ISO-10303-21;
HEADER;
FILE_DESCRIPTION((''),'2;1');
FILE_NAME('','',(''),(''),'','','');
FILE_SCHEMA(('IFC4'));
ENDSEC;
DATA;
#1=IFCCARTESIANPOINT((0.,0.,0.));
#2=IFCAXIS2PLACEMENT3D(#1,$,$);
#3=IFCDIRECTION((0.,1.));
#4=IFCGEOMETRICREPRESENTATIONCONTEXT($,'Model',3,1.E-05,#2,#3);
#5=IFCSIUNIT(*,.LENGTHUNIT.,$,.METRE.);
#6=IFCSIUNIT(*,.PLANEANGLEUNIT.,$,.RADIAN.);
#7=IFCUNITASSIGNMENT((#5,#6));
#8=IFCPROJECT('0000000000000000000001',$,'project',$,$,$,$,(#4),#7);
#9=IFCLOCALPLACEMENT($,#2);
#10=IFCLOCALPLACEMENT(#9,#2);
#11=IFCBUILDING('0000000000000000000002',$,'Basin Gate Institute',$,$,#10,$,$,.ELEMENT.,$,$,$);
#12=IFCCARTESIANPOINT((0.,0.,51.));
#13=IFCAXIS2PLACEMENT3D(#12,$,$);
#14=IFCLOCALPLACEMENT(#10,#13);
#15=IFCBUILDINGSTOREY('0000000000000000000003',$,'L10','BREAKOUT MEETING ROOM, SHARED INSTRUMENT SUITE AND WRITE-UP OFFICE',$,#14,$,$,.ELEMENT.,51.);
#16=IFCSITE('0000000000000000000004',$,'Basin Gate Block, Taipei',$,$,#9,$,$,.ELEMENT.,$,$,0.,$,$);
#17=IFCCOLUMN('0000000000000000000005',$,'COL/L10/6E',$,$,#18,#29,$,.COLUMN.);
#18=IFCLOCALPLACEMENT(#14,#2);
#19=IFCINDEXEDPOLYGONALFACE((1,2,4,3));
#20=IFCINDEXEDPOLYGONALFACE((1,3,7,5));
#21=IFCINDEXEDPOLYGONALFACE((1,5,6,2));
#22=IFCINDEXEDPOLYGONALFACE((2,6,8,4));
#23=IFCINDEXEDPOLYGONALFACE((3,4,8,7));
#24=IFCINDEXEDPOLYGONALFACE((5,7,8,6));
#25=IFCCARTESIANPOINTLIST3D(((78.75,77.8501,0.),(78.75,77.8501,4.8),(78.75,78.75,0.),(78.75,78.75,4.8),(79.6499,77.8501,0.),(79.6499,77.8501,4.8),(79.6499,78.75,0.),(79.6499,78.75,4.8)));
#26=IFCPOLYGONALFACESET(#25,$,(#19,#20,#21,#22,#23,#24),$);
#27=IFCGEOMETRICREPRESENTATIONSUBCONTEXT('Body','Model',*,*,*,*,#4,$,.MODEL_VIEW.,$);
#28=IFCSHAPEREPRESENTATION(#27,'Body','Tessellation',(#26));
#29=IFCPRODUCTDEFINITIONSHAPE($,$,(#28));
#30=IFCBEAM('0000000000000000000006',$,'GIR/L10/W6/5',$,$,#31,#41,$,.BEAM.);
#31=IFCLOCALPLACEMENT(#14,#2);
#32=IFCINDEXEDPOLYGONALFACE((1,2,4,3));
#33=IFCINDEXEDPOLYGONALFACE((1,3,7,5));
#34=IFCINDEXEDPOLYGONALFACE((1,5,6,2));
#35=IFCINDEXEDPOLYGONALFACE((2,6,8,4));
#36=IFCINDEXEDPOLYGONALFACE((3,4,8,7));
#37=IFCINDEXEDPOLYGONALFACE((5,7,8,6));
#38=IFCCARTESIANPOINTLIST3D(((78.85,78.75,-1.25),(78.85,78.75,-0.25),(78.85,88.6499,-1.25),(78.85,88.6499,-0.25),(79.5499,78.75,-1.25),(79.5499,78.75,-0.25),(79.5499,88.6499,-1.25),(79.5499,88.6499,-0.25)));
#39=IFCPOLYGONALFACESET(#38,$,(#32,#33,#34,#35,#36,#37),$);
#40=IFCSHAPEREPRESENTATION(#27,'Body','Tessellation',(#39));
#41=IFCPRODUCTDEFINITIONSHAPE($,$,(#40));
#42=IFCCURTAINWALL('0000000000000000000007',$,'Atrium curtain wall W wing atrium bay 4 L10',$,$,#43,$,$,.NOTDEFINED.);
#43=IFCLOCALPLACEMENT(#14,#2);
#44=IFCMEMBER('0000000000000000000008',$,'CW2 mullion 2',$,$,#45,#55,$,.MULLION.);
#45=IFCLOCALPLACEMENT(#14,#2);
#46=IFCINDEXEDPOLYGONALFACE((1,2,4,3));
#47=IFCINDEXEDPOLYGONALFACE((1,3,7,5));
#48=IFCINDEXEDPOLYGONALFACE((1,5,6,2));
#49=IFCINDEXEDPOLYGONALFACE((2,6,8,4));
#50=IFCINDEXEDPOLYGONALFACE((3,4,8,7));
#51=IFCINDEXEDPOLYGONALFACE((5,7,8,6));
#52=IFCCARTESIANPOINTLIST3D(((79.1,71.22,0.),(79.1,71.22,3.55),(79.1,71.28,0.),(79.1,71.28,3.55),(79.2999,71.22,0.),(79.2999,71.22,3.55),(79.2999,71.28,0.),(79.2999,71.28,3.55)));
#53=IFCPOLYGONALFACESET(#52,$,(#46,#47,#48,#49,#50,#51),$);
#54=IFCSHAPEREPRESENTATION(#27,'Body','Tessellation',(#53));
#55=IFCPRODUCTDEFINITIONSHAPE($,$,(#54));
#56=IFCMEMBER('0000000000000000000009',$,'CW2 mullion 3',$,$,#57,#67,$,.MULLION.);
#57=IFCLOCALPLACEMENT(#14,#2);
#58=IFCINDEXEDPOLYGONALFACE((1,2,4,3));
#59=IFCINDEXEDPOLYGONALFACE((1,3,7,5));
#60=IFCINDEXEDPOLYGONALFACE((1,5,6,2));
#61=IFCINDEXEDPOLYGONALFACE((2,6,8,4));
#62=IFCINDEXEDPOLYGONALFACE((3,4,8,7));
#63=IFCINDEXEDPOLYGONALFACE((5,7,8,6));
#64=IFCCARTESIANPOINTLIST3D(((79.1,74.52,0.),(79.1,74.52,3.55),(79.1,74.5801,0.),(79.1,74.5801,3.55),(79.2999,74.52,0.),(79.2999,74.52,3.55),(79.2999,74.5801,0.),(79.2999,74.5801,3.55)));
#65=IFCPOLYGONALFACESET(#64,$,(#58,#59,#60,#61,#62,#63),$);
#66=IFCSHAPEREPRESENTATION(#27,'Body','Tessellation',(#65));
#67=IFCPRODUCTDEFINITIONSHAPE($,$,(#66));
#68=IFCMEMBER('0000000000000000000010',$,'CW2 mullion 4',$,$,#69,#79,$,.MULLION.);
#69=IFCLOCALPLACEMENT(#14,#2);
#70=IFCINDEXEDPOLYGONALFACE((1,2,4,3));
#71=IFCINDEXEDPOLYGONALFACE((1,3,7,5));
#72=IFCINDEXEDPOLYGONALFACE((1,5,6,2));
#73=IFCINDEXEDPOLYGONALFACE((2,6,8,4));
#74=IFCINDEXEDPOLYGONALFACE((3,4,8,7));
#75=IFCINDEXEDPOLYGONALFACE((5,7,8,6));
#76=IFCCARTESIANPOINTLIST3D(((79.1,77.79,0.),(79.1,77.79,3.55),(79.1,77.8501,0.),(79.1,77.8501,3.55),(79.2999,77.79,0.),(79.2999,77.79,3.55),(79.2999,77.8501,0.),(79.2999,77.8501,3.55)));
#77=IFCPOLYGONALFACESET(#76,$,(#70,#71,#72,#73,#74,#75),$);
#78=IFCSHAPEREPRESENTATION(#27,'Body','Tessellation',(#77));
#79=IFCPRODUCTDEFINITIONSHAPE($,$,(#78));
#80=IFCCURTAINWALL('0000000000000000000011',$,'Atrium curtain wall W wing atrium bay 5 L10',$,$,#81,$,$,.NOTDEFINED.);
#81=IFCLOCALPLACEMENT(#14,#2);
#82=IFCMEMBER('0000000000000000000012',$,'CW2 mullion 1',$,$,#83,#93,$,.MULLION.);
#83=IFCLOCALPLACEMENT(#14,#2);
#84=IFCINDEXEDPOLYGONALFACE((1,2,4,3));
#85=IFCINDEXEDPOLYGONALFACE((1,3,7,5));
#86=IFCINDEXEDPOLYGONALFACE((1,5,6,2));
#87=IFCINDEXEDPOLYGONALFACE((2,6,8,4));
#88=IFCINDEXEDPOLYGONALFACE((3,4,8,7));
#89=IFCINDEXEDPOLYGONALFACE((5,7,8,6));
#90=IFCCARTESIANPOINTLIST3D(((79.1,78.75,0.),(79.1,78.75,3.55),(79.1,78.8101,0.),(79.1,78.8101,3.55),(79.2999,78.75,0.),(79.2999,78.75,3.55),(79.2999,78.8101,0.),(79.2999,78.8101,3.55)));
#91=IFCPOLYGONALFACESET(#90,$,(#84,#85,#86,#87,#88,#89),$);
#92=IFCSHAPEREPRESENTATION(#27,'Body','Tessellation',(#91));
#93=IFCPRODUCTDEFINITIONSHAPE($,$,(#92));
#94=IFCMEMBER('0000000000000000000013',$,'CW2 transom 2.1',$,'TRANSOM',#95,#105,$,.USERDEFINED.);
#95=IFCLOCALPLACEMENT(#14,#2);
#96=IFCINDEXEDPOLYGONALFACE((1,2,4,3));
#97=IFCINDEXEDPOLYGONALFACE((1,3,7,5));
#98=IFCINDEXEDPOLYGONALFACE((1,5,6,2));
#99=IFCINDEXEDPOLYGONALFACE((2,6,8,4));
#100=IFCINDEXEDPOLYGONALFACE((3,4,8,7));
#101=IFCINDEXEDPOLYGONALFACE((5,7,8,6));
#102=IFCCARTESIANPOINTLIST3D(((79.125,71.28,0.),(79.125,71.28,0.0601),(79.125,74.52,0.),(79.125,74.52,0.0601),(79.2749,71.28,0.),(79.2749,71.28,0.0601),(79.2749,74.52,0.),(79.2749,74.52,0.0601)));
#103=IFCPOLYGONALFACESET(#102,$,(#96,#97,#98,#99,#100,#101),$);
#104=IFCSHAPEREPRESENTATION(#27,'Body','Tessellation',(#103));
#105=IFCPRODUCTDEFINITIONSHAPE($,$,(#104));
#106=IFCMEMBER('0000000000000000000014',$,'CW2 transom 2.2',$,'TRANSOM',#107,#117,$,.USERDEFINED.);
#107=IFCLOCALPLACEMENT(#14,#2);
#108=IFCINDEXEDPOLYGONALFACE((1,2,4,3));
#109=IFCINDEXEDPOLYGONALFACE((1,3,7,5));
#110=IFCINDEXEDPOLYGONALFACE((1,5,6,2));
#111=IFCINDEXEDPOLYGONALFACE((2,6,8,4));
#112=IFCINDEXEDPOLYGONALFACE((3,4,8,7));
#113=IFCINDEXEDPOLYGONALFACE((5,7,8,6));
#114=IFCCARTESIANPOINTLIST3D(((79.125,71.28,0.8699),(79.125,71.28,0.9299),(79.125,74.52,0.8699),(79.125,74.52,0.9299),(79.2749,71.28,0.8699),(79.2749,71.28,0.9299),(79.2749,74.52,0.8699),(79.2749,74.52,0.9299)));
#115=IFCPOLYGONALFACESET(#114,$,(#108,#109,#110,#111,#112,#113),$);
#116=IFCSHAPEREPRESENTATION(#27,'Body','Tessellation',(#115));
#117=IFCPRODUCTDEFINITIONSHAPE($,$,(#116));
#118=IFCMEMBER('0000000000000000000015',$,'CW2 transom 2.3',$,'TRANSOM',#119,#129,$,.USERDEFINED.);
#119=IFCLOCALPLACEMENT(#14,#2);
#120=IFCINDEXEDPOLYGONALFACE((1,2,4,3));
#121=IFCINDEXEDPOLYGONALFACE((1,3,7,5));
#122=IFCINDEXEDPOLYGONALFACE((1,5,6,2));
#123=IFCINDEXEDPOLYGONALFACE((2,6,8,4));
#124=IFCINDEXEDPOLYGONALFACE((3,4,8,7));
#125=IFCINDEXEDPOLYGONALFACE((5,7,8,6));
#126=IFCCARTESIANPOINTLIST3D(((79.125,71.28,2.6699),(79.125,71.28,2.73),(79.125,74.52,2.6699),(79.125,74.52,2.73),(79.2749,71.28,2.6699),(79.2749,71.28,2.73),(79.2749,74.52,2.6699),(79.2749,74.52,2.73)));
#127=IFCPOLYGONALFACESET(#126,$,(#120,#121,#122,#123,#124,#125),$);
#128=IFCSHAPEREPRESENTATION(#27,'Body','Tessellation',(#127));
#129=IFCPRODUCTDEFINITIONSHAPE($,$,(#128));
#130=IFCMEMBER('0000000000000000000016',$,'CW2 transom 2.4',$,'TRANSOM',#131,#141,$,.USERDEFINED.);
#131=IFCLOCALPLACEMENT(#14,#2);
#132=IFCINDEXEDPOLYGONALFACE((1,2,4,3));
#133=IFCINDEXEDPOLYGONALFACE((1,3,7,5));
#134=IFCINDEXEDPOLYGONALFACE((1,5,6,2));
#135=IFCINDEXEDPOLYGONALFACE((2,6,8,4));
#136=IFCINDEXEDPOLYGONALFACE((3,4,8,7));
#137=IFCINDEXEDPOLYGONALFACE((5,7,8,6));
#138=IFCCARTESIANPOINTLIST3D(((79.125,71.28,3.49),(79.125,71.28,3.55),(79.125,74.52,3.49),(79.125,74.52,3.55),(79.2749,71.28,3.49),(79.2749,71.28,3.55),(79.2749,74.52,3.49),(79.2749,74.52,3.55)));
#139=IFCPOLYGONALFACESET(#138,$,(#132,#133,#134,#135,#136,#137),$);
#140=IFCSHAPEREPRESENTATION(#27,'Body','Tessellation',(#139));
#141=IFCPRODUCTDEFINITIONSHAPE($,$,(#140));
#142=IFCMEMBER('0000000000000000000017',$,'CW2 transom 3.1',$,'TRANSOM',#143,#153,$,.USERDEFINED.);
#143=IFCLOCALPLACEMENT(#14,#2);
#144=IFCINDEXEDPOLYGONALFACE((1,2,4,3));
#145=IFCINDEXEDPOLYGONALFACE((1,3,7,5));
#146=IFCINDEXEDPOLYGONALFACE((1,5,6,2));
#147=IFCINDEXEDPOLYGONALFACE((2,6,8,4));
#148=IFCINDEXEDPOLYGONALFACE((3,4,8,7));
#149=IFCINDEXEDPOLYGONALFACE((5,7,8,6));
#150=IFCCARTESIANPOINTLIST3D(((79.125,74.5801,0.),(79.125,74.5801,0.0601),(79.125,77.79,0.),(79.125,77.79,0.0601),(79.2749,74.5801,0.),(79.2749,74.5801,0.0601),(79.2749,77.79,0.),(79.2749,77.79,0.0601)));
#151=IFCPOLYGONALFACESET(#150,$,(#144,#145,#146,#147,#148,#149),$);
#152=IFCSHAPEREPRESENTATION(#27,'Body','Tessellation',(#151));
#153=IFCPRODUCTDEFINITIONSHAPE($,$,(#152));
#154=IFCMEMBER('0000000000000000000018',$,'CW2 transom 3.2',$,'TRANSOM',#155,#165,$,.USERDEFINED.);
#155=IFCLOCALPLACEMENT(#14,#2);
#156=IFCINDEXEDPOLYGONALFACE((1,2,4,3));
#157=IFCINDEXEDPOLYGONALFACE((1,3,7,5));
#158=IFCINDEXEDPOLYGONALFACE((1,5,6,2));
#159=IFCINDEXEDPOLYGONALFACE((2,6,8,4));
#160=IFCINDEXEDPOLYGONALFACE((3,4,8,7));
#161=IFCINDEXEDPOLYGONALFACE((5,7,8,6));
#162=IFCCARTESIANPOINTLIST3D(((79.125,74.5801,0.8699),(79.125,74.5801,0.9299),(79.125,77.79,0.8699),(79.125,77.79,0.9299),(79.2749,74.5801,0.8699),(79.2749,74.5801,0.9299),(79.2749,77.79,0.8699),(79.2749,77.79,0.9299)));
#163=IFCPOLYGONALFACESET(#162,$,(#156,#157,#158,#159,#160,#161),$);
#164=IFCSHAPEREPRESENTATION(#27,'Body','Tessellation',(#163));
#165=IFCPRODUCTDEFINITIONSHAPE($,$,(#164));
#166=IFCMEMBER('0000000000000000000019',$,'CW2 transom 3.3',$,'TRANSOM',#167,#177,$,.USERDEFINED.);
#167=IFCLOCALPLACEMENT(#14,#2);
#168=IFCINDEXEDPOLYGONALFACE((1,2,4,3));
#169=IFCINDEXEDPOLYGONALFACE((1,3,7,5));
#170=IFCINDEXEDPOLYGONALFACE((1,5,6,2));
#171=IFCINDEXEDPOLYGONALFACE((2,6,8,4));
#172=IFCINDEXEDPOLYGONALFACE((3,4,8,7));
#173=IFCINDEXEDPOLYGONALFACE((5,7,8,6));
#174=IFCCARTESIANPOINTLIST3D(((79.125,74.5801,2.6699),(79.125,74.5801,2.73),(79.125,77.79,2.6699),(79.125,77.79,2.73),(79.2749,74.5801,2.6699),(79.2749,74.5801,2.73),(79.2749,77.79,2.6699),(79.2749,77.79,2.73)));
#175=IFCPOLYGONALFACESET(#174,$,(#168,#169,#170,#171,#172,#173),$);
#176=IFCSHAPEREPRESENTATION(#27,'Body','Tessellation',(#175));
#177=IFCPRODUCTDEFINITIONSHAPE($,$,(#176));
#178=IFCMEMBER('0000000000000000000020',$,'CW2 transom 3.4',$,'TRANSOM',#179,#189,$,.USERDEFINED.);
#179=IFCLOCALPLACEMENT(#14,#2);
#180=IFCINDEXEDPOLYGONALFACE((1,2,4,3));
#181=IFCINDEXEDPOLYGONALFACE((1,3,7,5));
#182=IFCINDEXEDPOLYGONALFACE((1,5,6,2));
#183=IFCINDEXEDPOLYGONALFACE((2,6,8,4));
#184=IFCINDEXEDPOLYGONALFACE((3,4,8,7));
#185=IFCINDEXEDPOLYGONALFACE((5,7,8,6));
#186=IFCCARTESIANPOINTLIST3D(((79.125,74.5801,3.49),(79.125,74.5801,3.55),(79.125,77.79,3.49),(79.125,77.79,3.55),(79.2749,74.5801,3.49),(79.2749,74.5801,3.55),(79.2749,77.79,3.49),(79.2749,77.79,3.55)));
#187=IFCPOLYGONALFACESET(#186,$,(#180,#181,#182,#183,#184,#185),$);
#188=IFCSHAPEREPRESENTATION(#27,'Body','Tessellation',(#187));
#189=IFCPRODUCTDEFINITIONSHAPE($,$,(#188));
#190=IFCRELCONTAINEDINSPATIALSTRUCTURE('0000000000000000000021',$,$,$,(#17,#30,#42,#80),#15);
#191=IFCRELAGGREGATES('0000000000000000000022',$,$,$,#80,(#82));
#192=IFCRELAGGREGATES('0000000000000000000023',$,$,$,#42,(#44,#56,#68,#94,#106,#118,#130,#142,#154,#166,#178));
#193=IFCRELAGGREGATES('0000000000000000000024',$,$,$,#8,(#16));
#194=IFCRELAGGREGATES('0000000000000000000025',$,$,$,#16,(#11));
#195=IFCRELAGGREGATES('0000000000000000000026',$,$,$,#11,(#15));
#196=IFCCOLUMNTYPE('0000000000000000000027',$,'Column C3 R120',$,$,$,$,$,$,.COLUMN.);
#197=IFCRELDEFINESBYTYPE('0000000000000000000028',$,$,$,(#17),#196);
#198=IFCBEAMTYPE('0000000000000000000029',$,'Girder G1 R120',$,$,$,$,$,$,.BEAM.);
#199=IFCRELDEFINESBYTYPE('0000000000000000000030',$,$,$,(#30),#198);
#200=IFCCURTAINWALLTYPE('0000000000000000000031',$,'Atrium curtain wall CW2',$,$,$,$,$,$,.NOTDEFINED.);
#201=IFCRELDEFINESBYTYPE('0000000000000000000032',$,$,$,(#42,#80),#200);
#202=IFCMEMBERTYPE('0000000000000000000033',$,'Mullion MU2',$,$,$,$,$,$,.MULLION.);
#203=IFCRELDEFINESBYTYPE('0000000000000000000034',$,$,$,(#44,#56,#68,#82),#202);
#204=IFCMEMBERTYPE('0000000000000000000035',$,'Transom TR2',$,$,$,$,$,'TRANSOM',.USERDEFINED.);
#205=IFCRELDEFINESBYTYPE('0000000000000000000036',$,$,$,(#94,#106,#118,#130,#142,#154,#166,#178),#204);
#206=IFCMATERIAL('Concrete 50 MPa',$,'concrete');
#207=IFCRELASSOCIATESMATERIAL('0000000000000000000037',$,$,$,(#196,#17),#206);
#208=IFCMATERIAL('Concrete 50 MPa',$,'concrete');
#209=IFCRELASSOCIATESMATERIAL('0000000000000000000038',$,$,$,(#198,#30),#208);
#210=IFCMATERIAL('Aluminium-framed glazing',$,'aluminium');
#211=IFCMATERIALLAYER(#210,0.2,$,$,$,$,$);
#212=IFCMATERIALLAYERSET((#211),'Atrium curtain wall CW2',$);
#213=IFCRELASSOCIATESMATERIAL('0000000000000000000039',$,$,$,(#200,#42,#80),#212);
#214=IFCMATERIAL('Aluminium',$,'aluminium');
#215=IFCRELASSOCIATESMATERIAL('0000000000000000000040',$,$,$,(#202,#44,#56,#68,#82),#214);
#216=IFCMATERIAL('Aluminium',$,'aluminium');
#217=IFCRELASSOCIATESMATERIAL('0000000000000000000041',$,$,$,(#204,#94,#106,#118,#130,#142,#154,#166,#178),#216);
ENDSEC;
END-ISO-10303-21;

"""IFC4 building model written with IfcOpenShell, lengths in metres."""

from ifc_helpers import new_model, si_unit, direction, frame, origin, origin_2d, place, context, subcontext, project, spatial, rectangle, extrude, material, layer, layer_set, material_profile, profile_set, type_object, element, aggregate, save


model = new_model("IFC4")

# Units and contexts
model_context = context("Model", 3, precision=1e-05, world=origin(), true_north=direction((0.0, 1.0)))
body_context = subcontext(model_context, "Body", "Model", "MODEL_VIEW")
ifc_project = project(units=[si_unit("LENGTHUNIT", "METRE"), si_unit("PLANEANGLEUNIT", "RADIAN")], contexts=[model_context])

# Site, building, storey
site_placement = place(None, origin())
site = spatial("IfcSite", under=ifc_project, at=site_placement, Name="Basin Gate Block, Taipei", CompositionType="ELEMENT", RefElevation=0.0)
building_placement = place(site_placement, origin())
building = spatial("IfcBuilding", under=site, at=building_placement, Name="Basin Gate Institute", CompositionType="ELEMENT")
storey_placement = place(building_placement, frame((0.0, 0.0, 51.0)))
storey = spatial("IfcBuildingStorey", under=building, at=storey_placement, Name="L10", Description="BREAKOUT MEETING ROOM, SHARED INSTRUMENT SUITE AND WRITE-UP OFFICE", CompositionType="ELEMENT", Elevation=51.0)

# Column
ifc_material_1 = material(Name="Concrete 50 MPa", Category="concrete")
ifc_material_profile_1 = material_profile(ifc_material_1, rectangle(XDim=0.8999, YDim=0.8999, at=origin_2d()), Name="Column C3 900 x 900")
ifc_profile_set_1 = profile_set([ifc_material_profile_1], Name="Concrete 50 MPa")
column_type = type_object("IfcColumnType", Name="Column C3 R120", PredefinedType="COLUMN", material=ifc_profile_set_1)
column_placement = place(storey_placement, frame((79.2, 78.3, 0.0), z_axis=(0.0, 0.0, 1.0), x_axis=(1.0, 0.0, 0.0)))
element("IfcColumn", 1, at=column_placement, inside=storey, type_object=column_type, material=ifc_profile_set_1, Name="COL/L10/6E", PredefinedType="COLUMN", context=body_context, shape_type="SweptSolid", body=[
    extrude(rectangle(XDim=0.8999, YDim=0.8999, at=origin_2d()), origin(), (0.0, 0.0, 1.0), 4.8),
])

# Beam
ifc_material_2 = material(Name="Concrete 50 MPa", Category="concrete")
ifc_material_profile_2 = material_profile(ifc_material_2, rectangle(XDim=0.7, YDim=1.0, at=origin_2d()), Name="Girder G1 700 x 1000")
ifc_profile_set_2 = profile_set([ifc_material_profile_2], Name="Concrete 50 MPa")
beam_type = type_object("IfcBeamType", Name="Girder G1 R120", PredefinedType="BEAM", material=ifc_profile_set_2)
beam_placement = place(storey_placement, frame((79.2, 78.75, -0.75), z_axis=(0.0, 1.0, 0.0), x_axis=(-1.0, 0.0, 0.0)))
element("IfcBeam", 2, at=beam_placement, inside=storey, type_object=beam_type, material=ifc_profile_set_2, Name="GIR/L10/W6/5", PredefinedType="BEAM", context=body_context, shape_type="SweptSolid", body=[
    extrude(rectangle(XDim=0.7, YDim=1.0, at=origin_2d()), origin(), (0.0, 0.0, 1.0), 9.8999),
])

# Curtain wall, members
ifc_material_3 = material(Name="Aluminium-framed glazing", Category="aluminium")
ifc_layer_1 = layer(ifc_material_3, 0.2)
ifc_layer_set_1 = layer_set([ifc_layer_1], Name="Atrium curtain wall CW2")
curtain_wall_type = type_object("IfcCurtainWallType", Name="Atrium curtain wall CW2", PredefinedType="NOTDEFINED", material=ifc_layer_set_1)
curtain_wall_1_placement = place(storey_placement, origin())
curtain_wall_1 = element("IfcCurtainWall", 3, at=curtain_wall_1_placement, inside=storey, type_object=curtain_wall_type, material=ifc_layer_set_1, Name="Atrium curtain wall W wing atrium bay 4 L10", PredefinedType="NOTDEFINED")
ifc_material_4 = material(Name="Aluminium", Category="aluminium")
ifc_material_profile_3 = material_profile(ifc_material_4, rectangle(XDim=0.2, YDim=0.0601, at=origin_2d()), Name="Mullion MU2 200 x 60")
ifc_profile_set_3 = profile_set([ifc_material_profile_3], Name="Aluminium")
member_type_1 = type_object("IfcMemberType", Name="Mullion MU2", PredefinedType="MULLION", material=ifc_profile_set_3)
member_1_placement = place(storey_placement, frame((79.2, 71.25, 0.0), z_axis=(0.0, 0.0, 1.0), x_axis=(-1.0, 0.0, 0.0)))
member_1 = element("IfcMember", 4, at=member_1_placement, type_object=member_type_1, material=ifc_profile_set_3, Name="CW2 mullion 2", PredefinedType="MULLION", context=body_context, shape_type="SweptSolid", body=[
    extrude(rectangle(XDim=0.2, YDim=0.0601, at=origin_2d()), origin(), (0.0, 0.0, 1.0), 3.55),
])
member_2_placement = place(storey_placement, frame((79.2, 74.55, 0.0), z_axis=(0.0, 0.0, 1.0), x_axis=(-1.0, 0.0, 0.0)))
member_2 = element("IfcMember", 5, at=member_2_placement, type_object=member_type_1, material=ifc_profile_set_3, Name="CW2 mullion 3", PredefinedType="MULLION", context=body_context, shape_type="SweptSolid", body=[
    extrude(rectangle(XDim=0.2, YDim=0.0601, at=origin_2d()), origin(), (0.0, 0.0, 1.0), 3.55),
])
member_3_placement = place(storey_placement, frame((79.2, 77.8201, 0.0), z_axis=(0.0, 0.0, 1.0), x_axis=(-1.0, 0.0, 0.0)))
member_3 = element("IfcMember", 6, at=member_3_placement, type_object=member_type_1, material=ifc_profile_set_3, Name="CW2 mullion 4", PredefinedType="MULLION", context=body_context, shape_type="SweptSolid", body=[
    extrude(rectangle(XDim=0.2, YDim=0.0601, at=origin_2d()), origin(), (0.0, 0.0, 1.0), 3.55),
])

# Curtain wall, member
curtain_wall_2_placement = place(storey_placement, origin())
curtain_wall_2 = element("IfcCurtainWall", 7, at=curtain_wall_2_placement, inside=storey, type_object=curtain_wall_type, material=ifc_layer_set_1, Name="Atrium curtain wall W wing atrium bay 5 L10", PredefinedType="NOTDEFINED")
member_4_placement = place(storey_placement, frame((79.2, 78.78, 0.0), z_axis=(0.0, 0.0, 1.0), x_axis=(-1.0, 0.0, 0.0)))
member_4 = element("IfcMember", 8, at=member_4_placement, type_object=member_type_1, material=ifc_profile_set_3, Name="CW2 mullion 1", PredefinedType="MULLION", context=body_context, shape_type="SweptSolid", body=[
    extrude(rectangle(XDim=0.2, YDim=0.0601, at=origin_2d()), origin(), (0.0, 0.0, 1.0), 3.55),
])

# Members
ifc_material_5 = material(Name="Aluminium", Category="aluminium")
ifc_material_profile_4 = material_profile(ifc_material_5, rectangle(XDim=0.1499, YDim=0.0601, at=origin_2d()), Name="Transom TR2 150 x 60")
ifc_profile_set_4 = profile_set([ifc_material_profile_4], Name="Aluminium")
member_type_2 = type_object("IfcMemberType", Name="Transom TR2", ElementType="TRANSOM", PredefinedType="USERDEFINED", material=ifc_profile_set_4)
member_5_placement = place(storey_placement, frame((79.2, 71.28, 0.03), z_axis=(0.0, 1.0, 0.0), x_axis=(-1.0, 0.0, 0.0)))
member_5 = element("IfcMember", 9, at=member_5_placement, type_object=member_type_2, material=ifc_profile_set_4, Name="CW2 transom 2.1", ObjectType="TRANSOM", PredefinedType="USERDEFINED", context=body_context, shape_type="SweptSolid", body=[
    extrude(rectangle(XDim=0.1499, YDim=0.0601, at=origin_2d()), origin(), (0.0, 0.0, 1.0), 3.24),
])
member_6_placement = place(storey_placement, frame((79.2, 71.28, 0.8999), z_axis=(0.0, 1.0, 0.0), x_axis=(-1.0, 0.0, 0.0)))
member_6 = element("IfcMember", 10, at=member_6_placement, type_object=member_type_2, material=ifc_profile_set_4, Name="CW2 transom 2.2", ObjectType="TRANSOM", PredefinedType="USERDEFINED", context=body_context, shape_type="SweptSolid", body=[
    extrude(rectangle(XDim=0.1499, YDim=0.0601, at=origin_2d()), origin(), (0.0, 0.0, 1.0), 3.24),
])
member_7_placement = place(storey_placement, frame((79.2, 71.28, 2.7), z_axis=(0.0, 1.0, 0.0), x_axis=(-1.0, 0.0, 0.0)))
member_7 = element("IfcMember", 11, at=member_7_placement, type_object=member_type_2, material=ifc_profile_set_4, Name="CW2 transom 2.3", ObjectType="TRANSOM", PredefinedType="USERDEFINED", context=body_context, shape_type="SweptSolid", body=[
    extrude(rectangle(XDim=0.1499, YDim=0.0601, at=origin_2d()), origin(), (0.0, 0.0, 1.0), 3.24),
])
member_8_placement = place(storey_placement, frame((79.2, 71.28, 3.52), z_axis=(0.0, 1.0, 0.0), x_axis=(-1.0, 0.0, 0.0)))
member_8 = element("IfcMember", 12, at=member_8_placement, type_object=member_type_2, material=ifc_profile_set_4, Name="CW2 transom 2.4", ObjectType="TRANSOM", PredefinedType="USERDEFINED", context=body_context, shape_type="SweptSolid", body=[
    extrude(rectangle(XDim=0.1499, YDim=0.0601, at=origin_2d()), origin(), (0.0, 0.0, 1.0), 3.24),
])
member_9_placement = place(storey_placement, frame((79.2, 74.5801, 0.03), z_axis=(0.0, 1.0, 0.0), x_axis=(-1.0, 0.0, 0.0)))
member_9 = element("IfcMember", 13, at=member_9_placement, type_object=member_type_2, material=ifc_profile_set_4, Name="CW2 transom 3.1", ObjectType="TRANSOM", PredefinedType="USERDEFINED", context=body_context, shape_type="SweptSolid", body=[
    extrude(rectangle(XDim=0.1499, YDim=0.0601, at=origin_2d()), origin(), (0.0, 0.0, 1.0), 3.21),
])
member_10_placement = place(storey_placement, frame((79.2, 74.5801, 0.8999), z_axis=(0.0, 1.0, 0.0), x_axis=(-1.0, 0.0, 0.0)))
member_10 = element("IfcMember", 14, at=member_10_placement, type_object=member_type_2, material=ifc_profile_set_4, Name="CW2 transom 3.2", ObjectType="TRANSOM", PredefinedType="USERDEFINED", context=body_context, shape_type="SweptSolid", body=[
    extrude(rectangle(XDim=0.1499, YDim=0.0601, at=origin_2d()), origin(), (0.0, 0.0, 1.0), 3.21),
])
member_11_placement = place(storey_placement, frame((79.2, 74.5801, 2.7), z_axis=(0.0, 1.0, 0.0), x_axis=(-1.0, 0.0, 0.0)))
member_11 = element("IfcMember", 15, at=member_11_placement, type_object=member_type_2, material=ifc_profile_set_4, Name="CW2 transom 3.3", ObjectType="TRANSOM", PredefinedType="USERDEFINED", context=body_context, shape_type="SweptSolid", body=[
    extrude(rectangle(XDim=0.1499, YDim=0.0601, at=origin_2d()), origin(), (0.0, 0.0, 1.0), 3.21),
])
member_12_placement = place(storey_placement, frame((79.2, 74.5801, 3.52), z_axis=(0.0, 1.0, 0.0), x_axis=(-1.0, 0.0, 0.0)))
member_12 = element("IfcMember", 16, at=member_12_placement, type_object=member_type_2, material=ifc_profile_set_4, Name="CW2 transom 3.4", ObjectType="TRANSOM", PredefinedType="USERDEFINED", context=body_context, shape_type="SweptSolid", body=[
    extrude(rectangle(XDim=0.1499, YDim=0.0601, at=origin_2d()), origin(), (0.0, 0.0, 1.0), 3.21),
])
aggregate(curtain_wall_2, [member_4])

aggregate(curtain_wall_1, [member_1, member_2, member_3, member_5, member_6, member_7, member_8, member_9, member_10, member_11, member_12])

save(model, "model.ifc")
